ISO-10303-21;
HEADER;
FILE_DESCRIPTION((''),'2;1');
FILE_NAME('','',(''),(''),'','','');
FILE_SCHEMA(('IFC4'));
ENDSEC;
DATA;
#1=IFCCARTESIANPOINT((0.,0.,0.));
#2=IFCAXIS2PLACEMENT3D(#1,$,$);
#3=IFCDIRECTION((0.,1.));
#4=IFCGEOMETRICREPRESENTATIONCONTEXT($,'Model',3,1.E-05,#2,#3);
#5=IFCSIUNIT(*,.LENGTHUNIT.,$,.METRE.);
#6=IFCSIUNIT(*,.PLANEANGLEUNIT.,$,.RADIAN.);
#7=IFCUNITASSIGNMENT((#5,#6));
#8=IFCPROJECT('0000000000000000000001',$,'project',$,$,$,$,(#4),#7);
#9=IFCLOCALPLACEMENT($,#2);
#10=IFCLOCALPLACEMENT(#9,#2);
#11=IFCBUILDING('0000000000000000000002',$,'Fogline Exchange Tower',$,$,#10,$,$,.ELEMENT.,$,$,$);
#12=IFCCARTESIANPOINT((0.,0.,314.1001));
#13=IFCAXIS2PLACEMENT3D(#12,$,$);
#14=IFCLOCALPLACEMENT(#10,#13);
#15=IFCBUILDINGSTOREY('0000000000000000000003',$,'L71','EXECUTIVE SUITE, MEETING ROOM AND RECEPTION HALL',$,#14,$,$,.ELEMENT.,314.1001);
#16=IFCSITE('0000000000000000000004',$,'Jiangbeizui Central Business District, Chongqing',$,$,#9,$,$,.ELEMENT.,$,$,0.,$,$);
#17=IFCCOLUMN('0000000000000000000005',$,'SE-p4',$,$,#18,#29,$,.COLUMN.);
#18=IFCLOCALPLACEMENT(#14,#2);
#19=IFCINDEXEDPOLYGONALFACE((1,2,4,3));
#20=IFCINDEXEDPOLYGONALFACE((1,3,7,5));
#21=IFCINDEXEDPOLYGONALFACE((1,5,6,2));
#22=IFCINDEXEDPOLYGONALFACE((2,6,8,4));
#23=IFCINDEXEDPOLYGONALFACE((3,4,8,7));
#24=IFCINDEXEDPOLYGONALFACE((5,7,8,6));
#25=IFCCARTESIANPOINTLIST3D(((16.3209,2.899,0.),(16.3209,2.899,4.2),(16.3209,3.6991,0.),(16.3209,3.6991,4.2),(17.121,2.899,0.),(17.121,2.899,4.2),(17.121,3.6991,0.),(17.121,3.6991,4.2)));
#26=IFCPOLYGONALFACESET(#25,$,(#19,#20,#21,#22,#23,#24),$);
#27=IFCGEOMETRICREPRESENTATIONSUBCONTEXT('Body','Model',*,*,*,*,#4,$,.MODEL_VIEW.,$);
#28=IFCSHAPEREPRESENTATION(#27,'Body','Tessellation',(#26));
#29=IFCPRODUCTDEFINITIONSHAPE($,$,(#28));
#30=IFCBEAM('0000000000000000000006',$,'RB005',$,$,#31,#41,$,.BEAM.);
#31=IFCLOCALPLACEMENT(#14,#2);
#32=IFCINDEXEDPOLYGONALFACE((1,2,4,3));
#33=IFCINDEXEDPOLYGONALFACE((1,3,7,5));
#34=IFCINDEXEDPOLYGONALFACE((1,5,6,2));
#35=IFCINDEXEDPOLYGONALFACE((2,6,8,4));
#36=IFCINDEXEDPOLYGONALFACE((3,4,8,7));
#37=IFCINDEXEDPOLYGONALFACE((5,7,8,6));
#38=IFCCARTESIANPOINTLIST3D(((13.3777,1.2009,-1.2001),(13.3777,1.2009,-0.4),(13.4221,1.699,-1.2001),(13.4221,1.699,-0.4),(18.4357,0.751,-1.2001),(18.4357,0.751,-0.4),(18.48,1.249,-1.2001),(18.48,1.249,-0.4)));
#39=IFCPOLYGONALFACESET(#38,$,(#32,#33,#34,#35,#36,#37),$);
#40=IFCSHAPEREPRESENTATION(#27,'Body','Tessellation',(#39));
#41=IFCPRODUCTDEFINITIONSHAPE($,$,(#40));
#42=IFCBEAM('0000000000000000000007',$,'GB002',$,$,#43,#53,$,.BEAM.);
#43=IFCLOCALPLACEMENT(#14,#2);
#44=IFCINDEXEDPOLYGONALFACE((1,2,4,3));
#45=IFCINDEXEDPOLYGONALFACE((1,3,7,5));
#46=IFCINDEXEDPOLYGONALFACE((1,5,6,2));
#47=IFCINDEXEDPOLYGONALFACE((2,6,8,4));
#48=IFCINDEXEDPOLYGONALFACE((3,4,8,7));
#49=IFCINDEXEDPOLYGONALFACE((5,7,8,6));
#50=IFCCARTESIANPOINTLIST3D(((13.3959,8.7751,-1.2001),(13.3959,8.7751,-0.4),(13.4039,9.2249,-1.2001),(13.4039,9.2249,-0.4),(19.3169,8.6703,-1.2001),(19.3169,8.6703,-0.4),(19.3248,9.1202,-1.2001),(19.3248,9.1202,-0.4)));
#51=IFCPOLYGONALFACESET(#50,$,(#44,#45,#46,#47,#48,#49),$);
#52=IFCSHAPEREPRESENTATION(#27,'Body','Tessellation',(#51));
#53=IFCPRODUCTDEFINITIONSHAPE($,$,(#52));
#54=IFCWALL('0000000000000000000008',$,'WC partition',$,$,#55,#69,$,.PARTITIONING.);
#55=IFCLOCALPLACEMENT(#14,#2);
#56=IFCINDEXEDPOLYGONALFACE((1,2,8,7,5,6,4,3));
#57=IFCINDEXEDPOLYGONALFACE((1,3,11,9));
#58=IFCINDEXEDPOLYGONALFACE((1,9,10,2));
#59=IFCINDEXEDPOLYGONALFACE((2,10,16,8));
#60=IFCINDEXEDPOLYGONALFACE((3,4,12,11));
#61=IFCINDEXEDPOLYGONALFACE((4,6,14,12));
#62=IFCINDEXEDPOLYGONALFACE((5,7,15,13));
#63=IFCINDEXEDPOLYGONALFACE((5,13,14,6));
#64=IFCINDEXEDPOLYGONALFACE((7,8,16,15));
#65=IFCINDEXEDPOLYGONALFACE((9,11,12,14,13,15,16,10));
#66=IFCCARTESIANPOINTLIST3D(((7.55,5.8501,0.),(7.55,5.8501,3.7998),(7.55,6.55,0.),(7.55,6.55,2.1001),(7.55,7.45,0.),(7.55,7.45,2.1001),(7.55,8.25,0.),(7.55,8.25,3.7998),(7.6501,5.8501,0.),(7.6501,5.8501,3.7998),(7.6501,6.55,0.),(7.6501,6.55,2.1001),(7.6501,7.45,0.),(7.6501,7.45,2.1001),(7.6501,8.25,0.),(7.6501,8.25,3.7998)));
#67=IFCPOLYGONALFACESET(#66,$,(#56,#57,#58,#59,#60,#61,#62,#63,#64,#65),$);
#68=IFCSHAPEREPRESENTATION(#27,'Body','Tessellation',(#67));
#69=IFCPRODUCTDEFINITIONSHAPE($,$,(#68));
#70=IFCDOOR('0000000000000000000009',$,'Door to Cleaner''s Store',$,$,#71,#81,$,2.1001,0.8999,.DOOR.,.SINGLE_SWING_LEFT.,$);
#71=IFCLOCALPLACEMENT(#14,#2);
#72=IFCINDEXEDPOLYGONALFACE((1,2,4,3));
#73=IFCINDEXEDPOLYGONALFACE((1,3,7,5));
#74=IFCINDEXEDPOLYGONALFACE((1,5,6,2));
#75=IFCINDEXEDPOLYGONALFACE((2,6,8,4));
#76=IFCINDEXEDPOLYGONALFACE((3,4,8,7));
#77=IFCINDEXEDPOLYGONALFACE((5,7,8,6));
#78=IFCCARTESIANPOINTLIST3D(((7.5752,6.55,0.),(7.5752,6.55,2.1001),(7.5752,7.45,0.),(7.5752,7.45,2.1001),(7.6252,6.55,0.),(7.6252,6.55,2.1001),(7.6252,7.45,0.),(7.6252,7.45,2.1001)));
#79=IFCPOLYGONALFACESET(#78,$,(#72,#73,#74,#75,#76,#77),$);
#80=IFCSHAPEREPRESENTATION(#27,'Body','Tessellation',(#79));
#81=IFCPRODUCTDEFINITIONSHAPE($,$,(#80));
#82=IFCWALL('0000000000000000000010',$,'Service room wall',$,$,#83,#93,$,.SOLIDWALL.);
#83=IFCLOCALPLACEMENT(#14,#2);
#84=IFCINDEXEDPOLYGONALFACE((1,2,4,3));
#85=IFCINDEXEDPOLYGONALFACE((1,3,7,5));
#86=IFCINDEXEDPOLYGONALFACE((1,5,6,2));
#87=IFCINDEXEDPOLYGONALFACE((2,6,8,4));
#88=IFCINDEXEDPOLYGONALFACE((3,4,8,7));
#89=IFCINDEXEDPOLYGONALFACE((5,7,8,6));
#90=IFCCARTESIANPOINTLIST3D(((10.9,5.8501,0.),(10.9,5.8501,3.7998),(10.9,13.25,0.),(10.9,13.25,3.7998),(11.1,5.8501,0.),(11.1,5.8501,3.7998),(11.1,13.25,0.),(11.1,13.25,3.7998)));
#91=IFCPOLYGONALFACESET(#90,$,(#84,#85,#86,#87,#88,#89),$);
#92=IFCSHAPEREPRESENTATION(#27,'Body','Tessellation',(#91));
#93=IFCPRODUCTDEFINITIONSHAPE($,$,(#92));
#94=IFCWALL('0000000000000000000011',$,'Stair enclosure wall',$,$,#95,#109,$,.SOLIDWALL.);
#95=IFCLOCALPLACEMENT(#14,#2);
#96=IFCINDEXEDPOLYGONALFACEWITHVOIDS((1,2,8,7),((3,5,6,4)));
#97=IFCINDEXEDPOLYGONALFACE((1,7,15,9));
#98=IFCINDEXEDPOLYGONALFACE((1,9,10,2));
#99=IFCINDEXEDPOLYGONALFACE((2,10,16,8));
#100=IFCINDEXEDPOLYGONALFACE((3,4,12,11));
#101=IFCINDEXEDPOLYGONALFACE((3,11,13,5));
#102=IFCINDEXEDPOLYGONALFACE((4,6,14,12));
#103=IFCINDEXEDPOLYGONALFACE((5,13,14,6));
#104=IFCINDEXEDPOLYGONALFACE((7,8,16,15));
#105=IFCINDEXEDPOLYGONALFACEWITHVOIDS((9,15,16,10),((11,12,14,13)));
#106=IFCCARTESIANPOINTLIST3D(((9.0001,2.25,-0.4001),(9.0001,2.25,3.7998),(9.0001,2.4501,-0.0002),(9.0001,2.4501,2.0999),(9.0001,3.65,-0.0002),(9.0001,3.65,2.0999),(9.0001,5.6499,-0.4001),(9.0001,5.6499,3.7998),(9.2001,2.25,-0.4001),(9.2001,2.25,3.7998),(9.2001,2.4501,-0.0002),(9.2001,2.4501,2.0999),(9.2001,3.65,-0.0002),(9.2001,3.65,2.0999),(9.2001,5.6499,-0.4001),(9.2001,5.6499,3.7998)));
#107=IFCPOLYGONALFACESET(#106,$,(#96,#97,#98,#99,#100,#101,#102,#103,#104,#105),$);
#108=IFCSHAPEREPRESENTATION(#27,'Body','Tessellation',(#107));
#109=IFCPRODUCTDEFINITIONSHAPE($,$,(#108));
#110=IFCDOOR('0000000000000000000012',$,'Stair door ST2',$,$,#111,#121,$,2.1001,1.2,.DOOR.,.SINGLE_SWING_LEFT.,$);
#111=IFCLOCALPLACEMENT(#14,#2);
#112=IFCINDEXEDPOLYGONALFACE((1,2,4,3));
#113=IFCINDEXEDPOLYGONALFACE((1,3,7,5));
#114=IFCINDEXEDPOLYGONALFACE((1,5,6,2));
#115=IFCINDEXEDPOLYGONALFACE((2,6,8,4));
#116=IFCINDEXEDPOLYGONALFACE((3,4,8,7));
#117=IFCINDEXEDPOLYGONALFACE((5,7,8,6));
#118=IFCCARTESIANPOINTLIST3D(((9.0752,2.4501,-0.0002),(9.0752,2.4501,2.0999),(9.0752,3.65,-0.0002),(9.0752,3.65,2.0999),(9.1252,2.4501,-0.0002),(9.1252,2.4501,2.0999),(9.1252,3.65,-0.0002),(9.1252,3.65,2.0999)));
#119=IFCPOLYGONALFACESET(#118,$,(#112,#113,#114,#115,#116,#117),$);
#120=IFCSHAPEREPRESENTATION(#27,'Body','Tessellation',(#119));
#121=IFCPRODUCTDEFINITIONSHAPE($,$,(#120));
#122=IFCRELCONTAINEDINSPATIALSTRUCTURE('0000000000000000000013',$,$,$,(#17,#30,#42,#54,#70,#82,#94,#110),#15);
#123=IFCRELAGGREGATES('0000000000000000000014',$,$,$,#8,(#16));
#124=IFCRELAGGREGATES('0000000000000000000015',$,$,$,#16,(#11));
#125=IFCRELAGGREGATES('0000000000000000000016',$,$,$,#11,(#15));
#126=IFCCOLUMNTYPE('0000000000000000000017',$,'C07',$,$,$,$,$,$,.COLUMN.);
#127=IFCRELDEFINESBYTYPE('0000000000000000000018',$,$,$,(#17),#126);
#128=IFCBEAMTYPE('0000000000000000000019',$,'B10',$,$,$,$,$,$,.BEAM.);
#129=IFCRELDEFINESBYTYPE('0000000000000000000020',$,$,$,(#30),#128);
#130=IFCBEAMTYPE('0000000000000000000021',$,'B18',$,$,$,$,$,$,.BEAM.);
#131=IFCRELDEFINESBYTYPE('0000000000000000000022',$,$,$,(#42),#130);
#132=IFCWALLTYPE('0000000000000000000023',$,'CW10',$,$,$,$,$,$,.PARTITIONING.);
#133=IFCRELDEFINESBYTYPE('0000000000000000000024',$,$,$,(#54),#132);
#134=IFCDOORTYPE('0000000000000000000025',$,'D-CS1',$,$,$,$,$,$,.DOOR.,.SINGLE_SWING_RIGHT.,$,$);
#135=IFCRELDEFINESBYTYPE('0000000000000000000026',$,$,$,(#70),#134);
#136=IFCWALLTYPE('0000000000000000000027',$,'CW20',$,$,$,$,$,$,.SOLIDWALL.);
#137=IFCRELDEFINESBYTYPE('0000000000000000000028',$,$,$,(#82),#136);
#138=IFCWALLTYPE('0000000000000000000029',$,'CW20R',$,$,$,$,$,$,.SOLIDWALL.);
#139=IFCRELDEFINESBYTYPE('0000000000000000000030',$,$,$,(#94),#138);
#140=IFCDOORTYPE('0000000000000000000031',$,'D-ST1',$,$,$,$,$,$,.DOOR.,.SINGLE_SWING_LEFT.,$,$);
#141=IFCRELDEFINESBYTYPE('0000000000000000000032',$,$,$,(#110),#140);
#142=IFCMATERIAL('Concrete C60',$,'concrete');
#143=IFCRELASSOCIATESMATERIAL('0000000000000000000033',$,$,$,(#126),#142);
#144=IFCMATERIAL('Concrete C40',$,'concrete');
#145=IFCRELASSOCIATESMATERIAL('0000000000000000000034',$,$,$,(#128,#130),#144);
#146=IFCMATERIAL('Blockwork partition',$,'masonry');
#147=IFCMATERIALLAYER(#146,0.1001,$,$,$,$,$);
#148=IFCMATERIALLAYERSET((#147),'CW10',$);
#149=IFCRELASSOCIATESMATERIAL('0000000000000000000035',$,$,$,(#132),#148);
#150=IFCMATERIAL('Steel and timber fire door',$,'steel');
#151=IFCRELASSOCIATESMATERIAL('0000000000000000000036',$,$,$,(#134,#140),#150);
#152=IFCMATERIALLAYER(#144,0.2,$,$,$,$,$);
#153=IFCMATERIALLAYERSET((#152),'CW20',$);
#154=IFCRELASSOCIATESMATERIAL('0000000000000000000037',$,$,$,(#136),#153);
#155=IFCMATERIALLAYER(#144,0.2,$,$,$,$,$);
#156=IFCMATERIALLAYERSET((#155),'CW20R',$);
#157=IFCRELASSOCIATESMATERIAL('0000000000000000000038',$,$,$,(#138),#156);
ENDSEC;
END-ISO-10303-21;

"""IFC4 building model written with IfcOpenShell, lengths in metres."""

from ifc_helpers import new_model, si_unit, direction, frame, frame_2d, origin, origin_2d, place, context, subcontext, project, spatial, rectangle, extrude, material, layer, layer_set, material_profile, profile_set, type_object, element, fill, save


model = new_model("IFC4")

# Units and contexts
model_context = context("Model", 3, precision=1e-05, world=origin(), true_north=direction((0.0, 1.0)))
body_context = subcontext(model_context, "Body", "Model", "MODEL_VIEW")
ifc_project = project(units=[si_unit("LENGTHUNIT", "METRE"), si_unit("PLANEANGLEUNIT", "RADIAN")], contexts=[model_context])

# Site, building, storey
site_placement = place(None, origin())
site = spatial("IfcSite", under=ifc_project, at=site_placement, Name="Jiangbeizui Central Business District, Chongqing", CompositionType="ELEMENT", RefElevation=0.0)
building_placement = place(site_placement, origin())
building = spatial("IfcBuilding", under=site, at=building_placement, Name="Fogline Exchange Tower", CompositionType="ELEMENT")
storey_placement = place(building_placement, frame((0.0, 0.0, 314.1001)))
storey = spatial("IfcBuildingStorey", under=building, at=storey_placement, Name="L71", Description="EXECUTIVE SUITE, MEETING ROOM AND RECEPTION HALL", CompositionType="ELEMENT", Elevation=314.1001)

# Column
ifc_material_1 = material(Name="Concrete C60", Category="concrete")
ifc_material_profile_1 = material_profile(ifc_material_1, rectangle(XDim=0.8, YDim=0.8, at=origin_2d()), Name="RC 800x800")
ifc_profile_set_1 = profile_set([ifc_material_profile_1], Name="Concrete C60")
column_type = type_object("IfcColumnType", Name="C07", PredefinedType="COLUMN", material=ifc_profile_set_1)
column_placement = place(storey_placement, frame((16.7209, 3.2991, 0.0), z_axis=(0.0, 0.0, 1.0), x_axis=(1.0, 0.0, 0.0)))
element("IfcColumn", 1, at=column_placement, inside=storey, type_object=column_type, Name="SE-p4", PredefinedType="COLUMN", context=body_context, shape_type="SweptSolid", body=[
    extrude(rectangle(XDim=0.8, YDim=0.8, at=origin_2d()), origin(), (0.0, 0.0, 1.0), 4.2),
])

# Beams
ifc_material_2 = material(Name="Concrete C40", Category="concrete")
ifc_material_profile_2 = material_profile(ifc_material_2, rectangle(XDim=0.5, YDim=0.8, at=origin_2d()), Name="RC 500x800")
ifc_profile_set_2 = profile_set([ifc_material_profile_2], Name="Concrete C40")
beam_type_1 = type_object("IfcBeamType", Name="B10", PredefinedType="BEAM", material=ifc_profile_set_2)
beam_1_placement = place(storey_placement, frame((13.3999, 1.45, -0.8), z_axis=(0.996066, -0.088611, 0.0), x_axis=(0.088611, 0.996066, 0.0)))
element("IfcBeam", 2, at=beam_1_placement, inside=storey, type_object=beam_type_1, Name="RB005", PredefinedType="BEAM", context=body_context, shape_type="SweptSolid", body=[
    extrude(rectangle(XDim=0.5, YDim=0.8, at=origin_2d()), origin(), (0.0, 0.0, 1.0), 5.0779),
])
ifc_material_profile_3 = material_profile(ifc_material_2, rectangle(XDim=0.45, YDim=0.8, at=origin_2d()), Name="RC 450x800")
ifc_profile_set_3 = profile_set([ifc_material_profile_3], Name="Concrete C40")
beam_type_2 = type_object("IfcBeamType", Name="B18", PredefinedType="BEAM", material=ifc_profile_set_3)
beam_2_placement = place(storey_placement, frame((13.3999, 9.0, -0.8), z_axis=(0.999844, -0.017686, 0.0), x_axis=(0.017686, 0.999844, 0.0)))
element("IfcBeam", 3, at=beam_2_placement, inside=storey, type_object=beam_type_2, Name="GB002", PredefinedType="BEAM", context=body_context, shape_type="SweptSolid", body=[
    extrude(rectangle(XDim=0.45, YDim=0.8, at=origin_2d()), origin(), (0.0, 0.0, 1.0), 5.9219),
])

# Wall, opening, door
ifc_material_3 = material(Name="Blockwork partition", Category="masonry")
ifc_layer_1 = layer(ifc_material_3, 0.1001)
ifc_layer_set_1 = layer_set([ifc_layer_1], Name="CW10")
wall_type_1 = type_object("IfcWallType", Name="CW10", PredefinedType="PARTITIONING", material=ifc_layer_set_1)
wall_1_placement = place(storey_placement, frame((7.6001, 5.8501, 0.0), z_axis=(0.0, 0.0, 1.0), x_axis=(0.0, 1.0, 0.0)))
wall_1 = element("IfcWall", 4, at=wall_1_placement, inside=storey, type_object=wall_type_1, Name="WC partition", PredefinedType="PARTITIONING", context=body_context, shape_type="SweptSolid", body=[
    extrude(rectangle(XDim=2.3999, YDim=0.1001, at=frame_2d((1.2, 0.0))), origin(), (0.0, 0.0, 1.0), 3.7998),
])
opening_1_placement = place(wall_1_placement, frame((0.7, 0.0, 0.0)))
opening_1 = element("IfcOpeningElement", 5, at=opening_1_placement, cuts=wall_1, PredefinedType="OPENING", context=body_context, shape_type="SweptSolid", body=[
    extrude(rectangle(XDim=0.8999, YDim=2.1001, at=frame_2d((0.45, 1.05))), frame((0.0, 0.0601, 0.0), z_axis=(0.0, -1.0, 0.0), x_axis=(1.0, 0.0, 0.0)), (0.0, 0.0, 1.0), 0.1201),
])
ifc_material_4 = material(Name="Steel and timber fire door", Category="steel")
door_type_1 = type_object("IfcDoorType", Name="D-CS1", OperationType="SINGLE_SWING_RIGHT", PredefinedType="DOOR", material=ifc_material_4)
door_1_placement = place(opening_1_placement, origin())
door_1 = element("IfcDoor", 6, at=door_1_placement, inside=storey, type_object=door_type_1, Name="Door to Cleaner's Store", OperationType="SINGLE_SWING_LEFT", OverallHeight=2.1001, OverallWidth=0.8999, PredefinedType="DOOR", context=body_context, shape_type="SweptSolid", body=[
    extrude(rectangle(XDim=0.8999, YDim=2.1001, at=frame_2d((0.45, 1.05))), frame((0.0, 0.0249, 0.0), z_axis=(0.0, -1.0, 0.0), x_axis=(1.0, 0.0, 0.0)), (0.0, 0.0, 1.0), 0.05),
])
fill(opening_1, door_1)

# Wall
ifc_layer_2 = layer(ifc_material_2, 0.2)
ifc_layer_set_2 = layer_set([ifc_layer_2], Name="CW20")
wall_type_2 = type_object("IfcWallType", Name="CW20", PredefinedType="SOLIDWALL", material=ifc_layer_set_2)
wall_2_placement = place(storey_placement, frame((11.0, 5.8501, 0.0), z_axis=(0.0, 0.0, 1.0), x_axis=(0.0, 1.0, 0.0)))
element("IfcWall", 7, at=wall_2_placement, inside=storey, type_object=wall_type_2, Name="Service room wall", PredefinedType="SOLIDWALL", context=body_context, shape_type="SweptSolid", body=[
    extrude(rectangle(XDim=7.3999, YDim=0.2, at=frame_2d((3.7, 0.0))), origin(), (0.0, 0.0, 1.0), 3.7998),
])

# Wall, opening, door
ifc_layer_3 = layer(ifc_material_2, 0.2)
ifc_layer_set_3 = layer_set([ifc_layer_3], Name="CW20R")
wall_type_3 = type_object("IfcWallType", Name="CW20R", PredefinedType="SOLIDWALL", material=ifc_layer_set_3)
wall_3_placement = place(storey_placement, frame((9.1001, 2.25, -0.4001), z_axis=(0.0, 0.0, 1.0), x_axis=(0.0, 1.0, 0.0)))
wall_3 = element("IfcWall", 8, at=wall_3_placement, inside=storey, type_object=wall_type_3, Name="Stair enclosure wall", PredefinedType="SOLIDWALL", context=body_context, shape_type="SweptSolid", body=[
    extrude(rectangle(XDim=3.3999, YDim=0.2, at=frame_2d((1.7, 0.0))), origin(), (0.0, 0.0, 1.0), 4.2),
])
opening_2_placement = place(wall_3_placement, frame((0.2, 0.0, 0.3999)))
opening_2 = element("IfcOpeningElement", 9, at=opening_2_placement, cuts=wall_3, PredefinedType="OPENING", context=body_context, shape_type="SweptSolid", body=[
    extrude(rectangle(XDim=1.2, YDim=2.1001, at=frame_2d((0.6001, 1.05))), frame((0.0, 0.1099, 0.0), z_axis=(0.0, -1.0, 0.0), x_axis=(1.0, 0.0, 0.0)), (0.0, 0.0, 1.0), 0.22),
])
door_type_2 = type_object("IfcDoorType", Name="D-ST1", OperationType="SINGLE_SWING_LEFT", PredefinedType="DOOR", material=ifc_material_4)
door_2_placement = place(opening_2_placement, origin())
door_2 = element("IfcDoor", 10, at=door_2_placement, inside=storey, type_object=door_type_2, Name="Stair door ST2", OperationType="SINGLE_SWING_LEFT", OverallHeight=2.1001, OverallWidth=1.2, PredefinedType="DOOR", context=body_context, shape_type="SweptSolid", body=[
    extrude(rectangle(XDim=1.2, YDim=2.1001, at=frame_2d((0.6001, 1.05))), frame((0.0, 0.0249, 0.0), z_axis=(0.0, -1.0, 0.0), x_axis=(1.0, 0.0, 0.0)), (0.0, 0.0, 1.0), 0.05),
])
fill(opening_2, door_2)

save(model, "model.ifc")
